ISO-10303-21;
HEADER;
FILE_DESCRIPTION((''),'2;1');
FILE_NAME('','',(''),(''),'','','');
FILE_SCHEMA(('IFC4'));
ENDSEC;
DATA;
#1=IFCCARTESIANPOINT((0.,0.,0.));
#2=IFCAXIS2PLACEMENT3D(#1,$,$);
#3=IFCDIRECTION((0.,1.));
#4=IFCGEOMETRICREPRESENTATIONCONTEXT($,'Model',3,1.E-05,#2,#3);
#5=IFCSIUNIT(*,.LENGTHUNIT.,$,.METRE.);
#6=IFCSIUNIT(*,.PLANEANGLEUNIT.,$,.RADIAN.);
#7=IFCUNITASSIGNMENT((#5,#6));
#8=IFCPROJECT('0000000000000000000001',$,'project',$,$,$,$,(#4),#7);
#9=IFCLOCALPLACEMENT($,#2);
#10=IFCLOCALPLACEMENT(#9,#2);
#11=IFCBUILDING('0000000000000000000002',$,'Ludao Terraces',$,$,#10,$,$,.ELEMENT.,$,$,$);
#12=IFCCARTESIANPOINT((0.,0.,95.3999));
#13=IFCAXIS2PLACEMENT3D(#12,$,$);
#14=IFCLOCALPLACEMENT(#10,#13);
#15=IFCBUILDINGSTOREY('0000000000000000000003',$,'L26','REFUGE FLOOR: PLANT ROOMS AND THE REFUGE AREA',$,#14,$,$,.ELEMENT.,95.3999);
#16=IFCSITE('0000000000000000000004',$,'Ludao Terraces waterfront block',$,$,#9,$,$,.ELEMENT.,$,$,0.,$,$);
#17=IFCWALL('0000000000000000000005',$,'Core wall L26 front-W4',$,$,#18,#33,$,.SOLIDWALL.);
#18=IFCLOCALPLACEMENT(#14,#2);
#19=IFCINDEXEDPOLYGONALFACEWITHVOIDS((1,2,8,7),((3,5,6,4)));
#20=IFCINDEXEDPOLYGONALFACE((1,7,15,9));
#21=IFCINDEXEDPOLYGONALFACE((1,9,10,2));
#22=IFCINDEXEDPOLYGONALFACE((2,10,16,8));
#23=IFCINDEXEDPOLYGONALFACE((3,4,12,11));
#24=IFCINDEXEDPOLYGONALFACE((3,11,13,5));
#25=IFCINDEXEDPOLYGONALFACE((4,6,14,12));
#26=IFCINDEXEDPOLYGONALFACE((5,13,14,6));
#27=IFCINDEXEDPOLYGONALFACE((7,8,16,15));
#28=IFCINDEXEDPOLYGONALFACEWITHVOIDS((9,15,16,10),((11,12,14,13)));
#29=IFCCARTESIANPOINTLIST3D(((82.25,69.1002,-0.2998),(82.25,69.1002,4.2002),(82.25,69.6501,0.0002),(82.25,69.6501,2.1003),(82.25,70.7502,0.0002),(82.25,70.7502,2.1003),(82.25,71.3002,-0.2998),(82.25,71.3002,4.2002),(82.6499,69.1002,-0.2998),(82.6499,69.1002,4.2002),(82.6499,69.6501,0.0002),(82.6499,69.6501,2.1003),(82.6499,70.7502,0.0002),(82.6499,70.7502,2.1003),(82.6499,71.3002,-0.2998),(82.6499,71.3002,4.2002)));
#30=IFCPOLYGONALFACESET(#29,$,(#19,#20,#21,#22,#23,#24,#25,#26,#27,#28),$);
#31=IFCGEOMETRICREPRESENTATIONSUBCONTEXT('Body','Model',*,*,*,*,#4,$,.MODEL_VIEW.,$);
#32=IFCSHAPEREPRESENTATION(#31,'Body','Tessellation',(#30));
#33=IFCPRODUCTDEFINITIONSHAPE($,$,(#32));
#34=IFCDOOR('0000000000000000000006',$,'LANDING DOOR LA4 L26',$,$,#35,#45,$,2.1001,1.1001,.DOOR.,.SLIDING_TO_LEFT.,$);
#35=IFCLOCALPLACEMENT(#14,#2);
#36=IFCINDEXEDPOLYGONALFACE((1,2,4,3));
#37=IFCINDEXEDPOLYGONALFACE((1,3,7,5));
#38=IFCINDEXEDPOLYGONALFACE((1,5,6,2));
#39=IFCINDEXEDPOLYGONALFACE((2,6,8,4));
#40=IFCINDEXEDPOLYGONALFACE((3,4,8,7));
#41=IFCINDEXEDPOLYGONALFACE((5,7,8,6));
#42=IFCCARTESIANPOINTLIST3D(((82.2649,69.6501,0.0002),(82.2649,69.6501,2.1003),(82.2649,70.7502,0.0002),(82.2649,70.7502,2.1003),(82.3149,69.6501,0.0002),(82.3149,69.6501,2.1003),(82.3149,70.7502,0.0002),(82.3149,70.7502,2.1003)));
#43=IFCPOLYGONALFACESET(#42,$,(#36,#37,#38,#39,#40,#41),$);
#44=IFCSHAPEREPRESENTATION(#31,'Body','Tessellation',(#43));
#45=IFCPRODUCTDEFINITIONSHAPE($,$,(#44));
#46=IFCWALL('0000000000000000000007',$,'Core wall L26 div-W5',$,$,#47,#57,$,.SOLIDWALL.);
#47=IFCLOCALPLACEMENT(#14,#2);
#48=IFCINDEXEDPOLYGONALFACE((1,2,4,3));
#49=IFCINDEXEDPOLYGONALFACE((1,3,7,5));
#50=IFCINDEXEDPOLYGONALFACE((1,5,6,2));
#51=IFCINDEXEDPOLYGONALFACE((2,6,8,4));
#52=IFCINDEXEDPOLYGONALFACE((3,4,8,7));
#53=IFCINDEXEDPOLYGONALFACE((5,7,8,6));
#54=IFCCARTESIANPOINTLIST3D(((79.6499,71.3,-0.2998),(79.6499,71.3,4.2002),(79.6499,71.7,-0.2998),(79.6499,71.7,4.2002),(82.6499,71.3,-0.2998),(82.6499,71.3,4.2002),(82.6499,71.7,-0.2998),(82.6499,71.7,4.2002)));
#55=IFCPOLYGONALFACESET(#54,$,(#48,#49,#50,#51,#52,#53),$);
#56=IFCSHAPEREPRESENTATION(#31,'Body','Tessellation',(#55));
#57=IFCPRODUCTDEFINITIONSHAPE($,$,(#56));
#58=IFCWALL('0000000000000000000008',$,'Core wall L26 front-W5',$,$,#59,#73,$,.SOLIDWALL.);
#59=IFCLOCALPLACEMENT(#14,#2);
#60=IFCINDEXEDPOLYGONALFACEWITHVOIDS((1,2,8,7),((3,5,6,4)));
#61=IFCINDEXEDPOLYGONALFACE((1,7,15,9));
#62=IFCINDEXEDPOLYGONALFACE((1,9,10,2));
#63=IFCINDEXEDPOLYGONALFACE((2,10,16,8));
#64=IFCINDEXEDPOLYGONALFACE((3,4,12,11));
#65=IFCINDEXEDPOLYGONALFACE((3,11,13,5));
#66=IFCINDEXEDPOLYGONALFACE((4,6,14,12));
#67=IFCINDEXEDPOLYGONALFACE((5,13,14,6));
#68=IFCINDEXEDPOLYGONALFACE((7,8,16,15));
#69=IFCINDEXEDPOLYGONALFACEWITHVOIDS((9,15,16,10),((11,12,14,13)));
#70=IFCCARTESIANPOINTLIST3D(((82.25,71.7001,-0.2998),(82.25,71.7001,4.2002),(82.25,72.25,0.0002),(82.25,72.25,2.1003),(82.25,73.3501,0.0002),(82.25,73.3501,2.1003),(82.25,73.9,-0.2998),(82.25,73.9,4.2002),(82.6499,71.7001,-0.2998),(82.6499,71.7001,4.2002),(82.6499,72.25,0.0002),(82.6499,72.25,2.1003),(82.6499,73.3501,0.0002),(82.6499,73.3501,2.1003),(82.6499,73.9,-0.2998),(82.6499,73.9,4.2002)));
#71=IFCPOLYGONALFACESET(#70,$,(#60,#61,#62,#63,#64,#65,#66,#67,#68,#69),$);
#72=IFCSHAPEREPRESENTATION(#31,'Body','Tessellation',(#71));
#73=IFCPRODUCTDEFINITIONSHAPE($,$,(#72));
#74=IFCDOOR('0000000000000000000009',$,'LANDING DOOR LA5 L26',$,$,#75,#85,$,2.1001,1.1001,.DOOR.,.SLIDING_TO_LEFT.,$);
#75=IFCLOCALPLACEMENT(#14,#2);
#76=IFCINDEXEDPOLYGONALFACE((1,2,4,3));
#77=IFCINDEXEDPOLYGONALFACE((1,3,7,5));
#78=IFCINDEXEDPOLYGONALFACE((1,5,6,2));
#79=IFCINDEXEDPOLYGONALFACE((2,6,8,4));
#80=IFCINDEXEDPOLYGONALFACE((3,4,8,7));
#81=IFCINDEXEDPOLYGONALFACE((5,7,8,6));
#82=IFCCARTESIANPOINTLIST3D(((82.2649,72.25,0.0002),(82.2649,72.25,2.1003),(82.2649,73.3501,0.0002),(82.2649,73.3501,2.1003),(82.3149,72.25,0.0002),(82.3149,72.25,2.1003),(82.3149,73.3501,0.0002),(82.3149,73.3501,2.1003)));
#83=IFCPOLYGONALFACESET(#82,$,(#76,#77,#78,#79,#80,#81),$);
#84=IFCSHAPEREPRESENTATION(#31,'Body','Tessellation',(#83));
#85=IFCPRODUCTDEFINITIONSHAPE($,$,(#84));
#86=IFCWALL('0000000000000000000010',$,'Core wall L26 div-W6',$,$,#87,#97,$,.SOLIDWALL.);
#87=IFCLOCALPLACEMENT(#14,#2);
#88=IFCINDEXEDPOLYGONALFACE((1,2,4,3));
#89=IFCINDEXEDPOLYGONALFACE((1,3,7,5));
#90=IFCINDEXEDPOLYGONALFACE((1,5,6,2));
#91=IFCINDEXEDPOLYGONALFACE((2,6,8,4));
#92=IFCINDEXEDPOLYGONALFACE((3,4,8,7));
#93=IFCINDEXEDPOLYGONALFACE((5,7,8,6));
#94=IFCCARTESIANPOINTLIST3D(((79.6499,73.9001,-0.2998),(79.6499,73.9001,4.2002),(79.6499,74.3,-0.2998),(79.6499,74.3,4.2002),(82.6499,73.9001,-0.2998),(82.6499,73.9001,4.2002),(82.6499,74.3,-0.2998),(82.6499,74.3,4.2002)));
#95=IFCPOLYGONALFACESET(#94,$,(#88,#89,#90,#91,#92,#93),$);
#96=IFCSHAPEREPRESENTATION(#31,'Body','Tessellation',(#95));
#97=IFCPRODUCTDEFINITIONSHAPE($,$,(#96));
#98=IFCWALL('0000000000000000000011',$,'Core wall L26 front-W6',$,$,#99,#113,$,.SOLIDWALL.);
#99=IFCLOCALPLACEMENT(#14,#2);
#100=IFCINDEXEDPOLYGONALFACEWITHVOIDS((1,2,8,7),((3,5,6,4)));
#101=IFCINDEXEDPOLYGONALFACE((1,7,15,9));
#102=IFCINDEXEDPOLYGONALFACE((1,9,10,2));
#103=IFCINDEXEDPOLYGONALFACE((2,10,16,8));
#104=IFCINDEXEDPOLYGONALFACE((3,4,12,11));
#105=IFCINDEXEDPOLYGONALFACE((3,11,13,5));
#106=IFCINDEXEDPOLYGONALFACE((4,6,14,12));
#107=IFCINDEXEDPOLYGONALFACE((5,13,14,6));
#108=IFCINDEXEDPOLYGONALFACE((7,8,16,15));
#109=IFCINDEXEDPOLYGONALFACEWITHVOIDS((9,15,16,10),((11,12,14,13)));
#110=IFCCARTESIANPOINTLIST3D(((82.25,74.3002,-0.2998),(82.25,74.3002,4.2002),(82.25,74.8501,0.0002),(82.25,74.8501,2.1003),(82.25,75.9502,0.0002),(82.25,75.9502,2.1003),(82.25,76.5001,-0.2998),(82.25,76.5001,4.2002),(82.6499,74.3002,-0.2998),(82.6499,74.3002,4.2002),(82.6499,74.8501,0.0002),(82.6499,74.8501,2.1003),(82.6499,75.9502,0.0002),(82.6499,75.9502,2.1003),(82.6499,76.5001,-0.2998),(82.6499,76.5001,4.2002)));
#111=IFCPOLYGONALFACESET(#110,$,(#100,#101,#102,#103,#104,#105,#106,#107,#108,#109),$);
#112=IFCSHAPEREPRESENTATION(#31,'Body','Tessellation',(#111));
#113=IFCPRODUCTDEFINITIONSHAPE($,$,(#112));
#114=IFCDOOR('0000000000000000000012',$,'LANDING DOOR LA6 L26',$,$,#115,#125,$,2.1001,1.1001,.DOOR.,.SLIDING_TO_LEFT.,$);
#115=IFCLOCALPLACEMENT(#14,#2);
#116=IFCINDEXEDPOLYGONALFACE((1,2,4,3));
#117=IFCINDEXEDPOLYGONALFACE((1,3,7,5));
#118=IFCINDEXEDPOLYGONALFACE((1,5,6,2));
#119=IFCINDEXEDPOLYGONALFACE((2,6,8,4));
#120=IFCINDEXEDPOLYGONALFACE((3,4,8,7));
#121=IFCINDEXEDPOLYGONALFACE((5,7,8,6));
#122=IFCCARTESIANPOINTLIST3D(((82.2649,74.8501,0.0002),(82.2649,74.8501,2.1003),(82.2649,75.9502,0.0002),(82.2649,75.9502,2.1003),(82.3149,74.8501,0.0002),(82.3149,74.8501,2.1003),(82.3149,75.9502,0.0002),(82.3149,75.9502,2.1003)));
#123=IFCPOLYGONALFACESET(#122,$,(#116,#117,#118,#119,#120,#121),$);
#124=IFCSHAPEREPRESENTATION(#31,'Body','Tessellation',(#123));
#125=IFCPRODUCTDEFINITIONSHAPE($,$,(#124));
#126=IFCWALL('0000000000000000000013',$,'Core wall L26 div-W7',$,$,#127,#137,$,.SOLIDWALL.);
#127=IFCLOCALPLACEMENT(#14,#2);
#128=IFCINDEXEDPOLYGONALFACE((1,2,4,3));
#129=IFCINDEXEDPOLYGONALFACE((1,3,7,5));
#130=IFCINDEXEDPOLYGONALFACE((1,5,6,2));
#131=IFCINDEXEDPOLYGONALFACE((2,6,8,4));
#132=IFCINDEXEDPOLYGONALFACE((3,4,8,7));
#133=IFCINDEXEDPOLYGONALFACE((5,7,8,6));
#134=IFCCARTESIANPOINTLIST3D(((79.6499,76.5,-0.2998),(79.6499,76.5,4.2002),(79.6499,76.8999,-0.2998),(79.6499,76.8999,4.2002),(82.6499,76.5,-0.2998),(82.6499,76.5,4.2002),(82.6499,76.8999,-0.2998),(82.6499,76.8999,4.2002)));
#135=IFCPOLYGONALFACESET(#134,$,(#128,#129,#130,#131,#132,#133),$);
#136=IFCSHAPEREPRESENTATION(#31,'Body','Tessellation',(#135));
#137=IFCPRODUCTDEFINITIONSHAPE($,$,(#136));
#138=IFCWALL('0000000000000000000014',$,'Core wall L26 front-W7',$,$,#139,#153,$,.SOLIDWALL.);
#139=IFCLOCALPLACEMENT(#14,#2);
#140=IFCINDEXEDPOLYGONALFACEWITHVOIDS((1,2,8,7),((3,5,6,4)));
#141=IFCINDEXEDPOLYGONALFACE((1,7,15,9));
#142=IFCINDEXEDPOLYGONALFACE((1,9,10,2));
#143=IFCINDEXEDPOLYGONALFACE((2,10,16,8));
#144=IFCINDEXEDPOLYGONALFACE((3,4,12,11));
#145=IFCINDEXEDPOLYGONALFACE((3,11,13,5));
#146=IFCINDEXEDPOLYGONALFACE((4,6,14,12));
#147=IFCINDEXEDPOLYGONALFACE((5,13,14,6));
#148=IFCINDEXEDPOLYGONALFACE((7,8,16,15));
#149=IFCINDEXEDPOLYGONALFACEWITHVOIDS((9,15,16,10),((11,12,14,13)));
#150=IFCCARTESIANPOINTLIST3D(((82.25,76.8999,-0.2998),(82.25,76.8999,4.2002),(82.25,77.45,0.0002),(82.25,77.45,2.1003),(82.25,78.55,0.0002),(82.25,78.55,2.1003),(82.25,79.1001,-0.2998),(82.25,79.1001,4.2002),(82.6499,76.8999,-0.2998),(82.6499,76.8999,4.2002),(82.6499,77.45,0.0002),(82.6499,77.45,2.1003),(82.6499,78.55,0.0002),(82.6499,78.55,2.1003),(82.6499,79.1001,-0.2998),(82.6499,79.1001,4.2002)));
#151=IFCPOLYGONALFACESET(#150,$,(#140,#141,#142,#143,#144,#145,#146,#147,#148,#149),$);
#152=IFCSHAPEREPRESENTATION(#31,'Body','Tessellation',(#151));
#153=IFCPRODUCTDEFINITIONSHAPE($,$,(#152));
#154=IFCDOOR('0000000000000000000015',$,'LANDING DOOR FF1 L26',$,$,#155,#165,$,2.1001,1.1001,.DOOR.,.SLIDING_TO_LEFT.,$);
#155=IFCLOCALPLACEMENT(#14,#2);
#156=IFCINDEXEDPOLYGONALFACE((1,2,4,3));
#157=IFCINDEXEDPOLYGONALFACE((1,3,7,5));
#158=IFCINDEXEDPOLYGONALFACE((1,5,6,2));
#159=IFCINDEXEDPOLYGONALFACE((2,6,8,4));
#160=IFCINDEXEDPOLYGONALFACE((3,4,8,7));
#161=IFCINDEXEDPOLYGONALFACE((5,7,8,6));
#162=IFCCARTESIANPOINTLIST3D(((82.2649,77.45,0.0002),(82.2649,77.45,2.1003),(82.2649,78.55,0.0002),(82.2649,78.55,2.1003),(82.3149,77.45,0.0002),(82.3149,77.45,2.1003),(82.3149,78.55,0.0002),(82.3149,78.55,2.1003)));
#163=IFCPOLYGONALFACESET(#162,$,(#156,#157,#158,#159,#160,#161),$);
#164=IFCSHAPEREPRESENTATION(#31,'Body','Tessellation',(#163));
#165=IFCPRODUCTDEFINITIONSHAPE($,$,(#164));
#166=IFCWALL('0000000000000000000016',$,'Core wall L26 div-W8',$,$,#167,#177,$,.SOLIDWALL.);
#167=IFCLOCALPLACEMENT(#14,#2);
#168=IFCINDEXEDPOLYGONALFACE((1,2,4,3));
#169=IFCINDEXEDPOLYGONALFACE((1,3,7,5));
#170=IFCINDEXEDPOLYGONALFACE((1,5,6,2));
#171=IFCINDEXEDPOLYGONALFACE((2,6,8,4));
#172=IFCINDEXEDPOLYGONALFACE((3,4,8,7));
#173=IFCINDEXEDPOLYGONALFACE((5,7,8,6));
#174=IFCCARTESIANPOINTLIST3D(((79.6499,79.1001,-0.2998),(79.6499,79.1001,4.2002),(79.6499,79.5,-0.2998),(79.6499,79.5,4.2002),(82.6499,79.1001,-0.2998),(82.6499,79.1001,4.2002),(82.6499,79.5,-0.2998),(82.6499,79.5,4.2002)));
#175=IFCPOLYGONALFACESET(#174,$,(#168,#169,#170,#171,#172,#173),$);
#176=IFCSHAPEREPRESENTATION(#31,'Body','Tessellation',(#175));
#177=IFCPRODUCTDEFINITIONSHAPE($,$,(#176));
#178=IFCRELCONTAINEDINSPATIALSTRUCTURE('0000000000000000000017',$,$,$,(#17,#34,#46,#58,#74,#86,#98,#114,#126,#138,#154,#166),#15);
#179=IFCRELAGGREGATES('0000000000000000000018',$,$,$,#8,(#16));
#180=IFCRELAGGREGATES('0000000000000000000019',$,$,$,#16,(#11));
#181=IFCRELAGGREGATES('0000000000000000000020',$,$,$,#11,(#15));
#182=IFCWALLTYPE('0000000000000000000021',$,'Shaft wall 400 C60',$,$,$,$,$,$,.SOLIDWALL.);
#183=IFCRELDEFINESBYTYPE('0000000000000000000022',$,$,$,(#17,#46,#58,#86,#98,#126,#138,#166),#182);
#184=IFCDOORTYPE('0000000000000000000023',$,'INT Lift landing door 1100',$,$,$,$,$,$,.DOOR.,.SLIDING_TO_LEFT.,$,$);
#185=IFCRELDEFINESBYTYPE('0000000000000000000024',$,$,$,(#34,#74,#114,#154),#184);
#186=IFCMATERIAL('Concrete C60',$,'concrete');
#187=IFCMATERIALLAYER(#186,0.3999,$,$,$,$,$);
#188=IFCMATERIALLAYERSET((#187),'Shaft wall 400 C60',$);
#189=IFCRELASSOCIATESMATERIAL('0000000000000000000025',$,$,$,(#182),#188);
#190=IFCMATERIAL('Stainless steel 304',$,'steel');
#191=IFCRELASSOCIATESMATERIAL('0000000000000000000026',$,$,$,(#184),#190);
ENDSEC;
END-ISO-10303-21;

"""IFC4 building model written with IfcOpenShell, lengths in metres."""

from ifc_helpers import new_model, si_unit, direction, frame, frame_2d, origin, place, context, subcontext, project, spatial, rectangle, extrude, material, layer, layer_set, type_object, element, fill, save


model = new_model("IFC4")

# Units and contexts
model_context = context("Model", 3, precision=1e-05, world=origin(), true_north=direction((0.0, 1.0)))
body_context = subcontext(model_context, "Body", "Model", "MODEL_VIEW")
ifc_project = project(units=[si_unit("LENGTHUNIT", "METRE"), si_unit("PLANEANGLEUNIT", "RADIAN")], contexts=[model_context])

# Site, building, storey
site_placement = place(None, origin())
site = spatial("IfcSite", under=ifc_project, at=site_placement, Name="Ludao Terraces waterfront block", CompositionType="ELEMENT", RefElevation=0.0)
building_placement = place(site_placement, origin())
building = spatial("IfcBuilding", under=site, at=building_placement, Name="Ludao Terraces", CompositionType="ELEMENT")
storey_placement = place(building_placement, frame((0.0, 0.0, 95.3999)))
storey = spatial("IfcBuildingStorey", under=building, at=storey_placement, Name="L26", Description="REFUGE FLOOR: PLANT ROOMS AND THE REFUGE AREA", CompositionType="ELEMENT", Elevation=95.3999)

# Shared definitions
ifc_material_1 = material(Name="Concrete C60", Category="concrete")
ifc_layer_1 = layer(ifc_material_1, 0.3999)
ifc_layer_set_1 = layer_set([ifc_layer_1], Name="Shaft wall 400 C60")
wall_type_1 = type_object("IfcWallType", Name="Shaft wall 400 C60", PredefinedType="SOLIDWALL", material=ifc_layer_set_1)

# Shared definitions
ifc_material_2 = material(Name="Stainless steel 304", Category="steel")
door_type_1 = type_object("IfcDoorType", Name="INT Lift landing door 1100", OperationType="SLIDING_TO_LEFT", PredefinedType="DOOR", material=ifc_material_2)

# Wall, opening, door
wall_1_placement = place(storey_placement, frame((82.45, 69.1001, -0.2998), z_axis=(0.0, 0.0, 1.0), x_axis=(0.0, 1.0, 0.0)))
wall_1 = element("IfcWall", 1, at=wall_1_placement, inside=storey, type_object=wall_type_1, Name="Core wall L26 front-W4", PredefinedType="SOLIDWALL", context=body_context, shape_type="SweptSolid", body=[
    extrude(rectangle(XDim=2.2, YDim=0.3999, at=frame_2d((1.1001, 0.0))), origin(), (0.0, 0.0, 1.0), 4.5),
])
opening_1_placement = place(wall_1_placement, frame((0.55, 0.0, 0.3)))
opening_1 = element("IfcOpeningElement", 2, at=opening_1_placement, cuts=wall_1, PredefinedType="OPENING", context=body_context, shape_type="SweptSolid", body=[
    extrude(rectangle(XDim=1.1001, YDim=2.1001, at=frame_2d((0.55, 1.05))), frame((0.0, 0.21, 0.0), z_axis=(0.0, -1.0, 0.0), x_axis=(1.0, 0.0, 0.0)), (0.0, 0.0, 1.0), 0.4199),
])
door_1_placement = place(opening_1_placement, origin())
door_1 = element("IfcDoor", 3, at=door_1_placement, inside=storey, type_object=door_type_1, Name="LANDING DOOR LA4 L26", OperationType="SLIDING_TO_LEFT", OverallHeight=2.1001, OverallWidth=1.1001, PredefinedType="DOOR", context=body_context, shape_type="SweptSolid", body=[
    extrude(rectangle(XDim=1.1001, YDim=2.1001, at=frame_2d((0.55, 1.05))), frame((0.0, 0.1851, 0.0), z_axis=(0.0, -1.0, 0.0), x_axis=(1.0, 0.0, 0.0)), (0.0, 0.0, 1.0), 0.05),
])
fill(opening_1, door_1)

# Wall
wall_2_placement = place(storey_placement, frame((79.6499, 71.5, -0.2998), z_axis=(0.0, 0.0, 1.0), x_axis=(1.0, 0.0, 0.0)))
element("IfcWall", 4, at=wall_2_placement, inside=storey, type_object=wall_type_1, Name="Core wall L26 div-W5", PredefinedType="SOLIDWALL", context=body_context, shape_type="SweptSolid", body=[
    extrude(rectangle(XDim=3.0, YDim=0.3999, at=frame_2d((1.5, 0.0))), origin(), (0.0, 0.0, 1.0), 4.5),
])

# Wall, opening, door
wall_3_placement = place(storey_placement, frame((82.45, 71.7, -0.2998), z_axis=(0.0, 0.0, 1.0), x_axis=(0.0, 1.0, 0.0)))
wall_3 = element("IfcWall", 5, at=wall_3_placement, inside=storey, type_object=wall_type_1, Name="Core wall L26 front-W5", PredefinedType="SOLIDWALL", context=body_context, shape_type="SweptSolid", body=[
    extrude(rectangle(XDim=2.2, YDim=0.3999, at=frame_2d((1.1001, 0.0))), origin(), (0.0, 0.0, 1.0), 4.5),
])
opening_2_placement = place(wall_3_placement, frame((0.55, 0.0, 0.3)))
opening_2 = element("IfcOpeningElement", 6, at=opening_2_placement, cuts=wall_3, PredefinedType="OPENING", context=body_context, shape_type="SweptSolid", body=[
    extrude(rectangle(XDim=1.1001, YDim=2.1001, at=frame_2d((0.55, 1.05))), frame((0.0, 0.21, 0.0), z_axis=(0.0, -1.0, 0.0), x_axis=(1.0, 0.0, 0.0)), (0.0, 0.0, 1.0), 0.4199),
])
door_2_placement = place(opening_2_placement, origin())
door_2 = element("IfcDoor", 7, at=door_2_placement, inside=storey, type_object=door_type_1, Name="LANDING DOOR LA5 L26", OperationType="SLIDING_TO_LEFT", OverallHeight=2.1001, OverallWidth=1.1001, PredefinedType="DOOR", context=body_context, shape_type="SweptSolid", body=[
    extrude(rectangle(XDim=1.1001, YDim=2.1001, at=frame_2d((0.55, 1.05))), frame((0.0, 0.1851, 0.0), z_axis=(0.0, -1.0, 0.0), x_axis=(1.0, 0.0, 0.0)), (0.0, 0.0, 1.0), 0.05),
])
fill(opening_2, door_2)

# Wall
wall_4_placement = place(storey_placement, frame((79.6499, 74.1001, -0.2998), z_axis=(0.0, 0.0, 1.0), x_axis=(1.0, 0.0, 0.0)))
element("IfcWall", 8, at=wall_4_placement, inside=storey, type_object=wall_type_1, Name="Core wall L26 div-W6", PredefinedType="SOLIDWALL", context=body_context, shape_type="SweptSolid", body=[
    extrude(rectangle(XDim=3.0, YDim=0.3999, at=frame_2d((1.5, 0.0))), origin(), (0.0, 0.0, 1.0), 4.5),
])

# Wall, opening, door
wall_5_placement = place(storey_placement, frame((82.45, 74.3, -0.2998), z_axis=(0.0, 0.0, 1.0), x_axis=(0.0, 1.0, 0.0)))
wall_5 = element("IfcWall", 9, at=wall_5_placement, inside=storey, type_object=wall_type_1, Name="Core wall L26 front-W6", PredefinedType="SOLIDWALL", context=body_context, shape_type="SweptSolid", body=[
    extrude(rectangle(XDim=2.2, YDim=0.3999, at=frame_2d((1.1001, 0.0))), origin(), (0.0, 0.0, 1.0), 4.5),
])
opening_3_placement = place(wall_5_placement, frame((0.55, 0.0, 0.3)))
opening_3 = element("IfcOpeningElement", 10, at=opening_3_placement, cuts=wall_5, PredefinedType="OPENING", context=body_context, shape_type="SweptSolid", body=[
    extrude(rectangle(XDim=1.1001, YDim=2.1001, at=frame_2d((0.55, 1.05))), frame((0.0, 0.21, 0.0), z_axis=(0.0, -1.0, 0.0), x_axis=(1.0, 0.0, 0.0)), (0.0, 0.0, 1.0), 0.4199),
])
door_3_placement = place(opening_3_placement, origin())
door_3 = element("IfcDoor", 11, at=door_3_placement, inside=storey, type_object=door_type_1, Name="LANDING DOOR LA6 L26", OperationType="SLIDING_TO_LEFT", OverallHeight=2.1001, OverallWidth=1.1001, PredefinedType="DOOR", context=body_context, shape_type="SweptSolid", body=[
    extrude(rectangle(XDim=1.1001, YDim=2.1001, at=frame_2d((0.55, 1.05))), frame((0.0, 0.1851, 0.0), z_axis=(0.0, -1.0, 0.0), x_axis=(1.0, 0.0, 0.0)), (0.0, 0.0, 1.0), 0.05),
])
fill(opening_3, door_3)

# Wall
wall_6_placement = place(storey_placement, frame((79.6499, 76.7, -0.2998), z_axis=(0.0, 0.0, 1.0), x_axis=(1.0, 0.0, 0.0)))
element("IfcWall", 12, at=wall_6_placement, inside=storey, type_object=wall_type_1, Name="Core wall L26 div-W7", PredefinedType="SOLIDWALL", context=body_context, shape_type="SweptSolid", body=[
    extrude(rectangle(XDim=3.0, YDim=0.3999, at=frame_2d((1.5, 0.0))), origin(), (0.0, 0.0, 1.0), 4.5),
])

# Wall, opening, door
wall_7_placement = place(storey_placement, frame((82.45, 76.8999, -0.2998), z_axis=(0.0, 0.0, 1.0), x_axis=(0.0, 1.0, 0.0)))
wall_7 = element("IfcWall", 13, at=wall_7_placement, inside=storey, type_object=wall_type_1, Name="Core wall L26 front-W7", PredefinedType="SOLIDWALL", context=body_context, shape_type="SweptSolid", body=[
    extrude(rectangle(XDim=2.2002, YDim=0.3999, at=frame_2d((1.1001, 0.0))), origin(), (0.0, 0.0, 1.0), 4.5),
])
opening_4_placement = place(wall_7_placement, frame((0.55, 0.0, 0.3)))
opening_4 = element("IfcOpeningElement", 14, at=opening_4_placement, cuts=wall_7, PredefinedType="OPENING", context=body_context, shape_type="SweptSolid", body=[
    extrude(rectangle(XDim=1.1001, YDim=2.1001, at=frame_2d((0.55, 1.05))), frame((0.0, 0.21, 0.0), z_axis=(0.0, -1.0, 0.0), x_axis=(1.0, 0.0, 0.0)), (0.0, 0.0, 1.0), 0.4199),
])
door_4_placement = place(opening_4_placement, origin())
door_4 = element("IfcDoor", 15, at=door_4_placement, inside=storey, type_object=door_type_1, Name="LANDING DOOR FF1 L26", OperationType="SLIDING_TO_LEFT", OverallHeight=2.1001, OverallWidth=1.1001, PredefinedType="DOOR", context=body_context, shape_type="SweptSolid", body=[
    extrude(rectangle(XDim=1.1001, YDim=2.1001, at=frame_2d((0.55, 1.05))), frame((0.0, 0.1851, 0.0), z_axis=(0.0, -1.0, 0.0), x_axis=(1.0, 0.0, 0.0)), (0.0, 0.0, 1.0), 0.05),
])
fill(opening_4, door_4)

# Wall
wall_8_placement = place(storey_placement, frame((79.6499, 79.3, -0.2998), z_axis=(0.0, 0.0, 1.0), x_axis=(1.0, 0.0, 0.0)))
element("IfcWall", 16, at=wall_8_placement, inside=storey, type_object=wall_type_1, Name="Core wall L26 div-W8", PredefinedType="SOLIDWALL", context=body_context, shape_type="SweptSolid", body=[
    extrude(rectangle(XDim=3.0, YDim=0.3999, at=frame_2d((1.5, 0.0))), origin(), (0.0, 0.0, 1.0), 4.5),
])

save(model, "model.ifc")
